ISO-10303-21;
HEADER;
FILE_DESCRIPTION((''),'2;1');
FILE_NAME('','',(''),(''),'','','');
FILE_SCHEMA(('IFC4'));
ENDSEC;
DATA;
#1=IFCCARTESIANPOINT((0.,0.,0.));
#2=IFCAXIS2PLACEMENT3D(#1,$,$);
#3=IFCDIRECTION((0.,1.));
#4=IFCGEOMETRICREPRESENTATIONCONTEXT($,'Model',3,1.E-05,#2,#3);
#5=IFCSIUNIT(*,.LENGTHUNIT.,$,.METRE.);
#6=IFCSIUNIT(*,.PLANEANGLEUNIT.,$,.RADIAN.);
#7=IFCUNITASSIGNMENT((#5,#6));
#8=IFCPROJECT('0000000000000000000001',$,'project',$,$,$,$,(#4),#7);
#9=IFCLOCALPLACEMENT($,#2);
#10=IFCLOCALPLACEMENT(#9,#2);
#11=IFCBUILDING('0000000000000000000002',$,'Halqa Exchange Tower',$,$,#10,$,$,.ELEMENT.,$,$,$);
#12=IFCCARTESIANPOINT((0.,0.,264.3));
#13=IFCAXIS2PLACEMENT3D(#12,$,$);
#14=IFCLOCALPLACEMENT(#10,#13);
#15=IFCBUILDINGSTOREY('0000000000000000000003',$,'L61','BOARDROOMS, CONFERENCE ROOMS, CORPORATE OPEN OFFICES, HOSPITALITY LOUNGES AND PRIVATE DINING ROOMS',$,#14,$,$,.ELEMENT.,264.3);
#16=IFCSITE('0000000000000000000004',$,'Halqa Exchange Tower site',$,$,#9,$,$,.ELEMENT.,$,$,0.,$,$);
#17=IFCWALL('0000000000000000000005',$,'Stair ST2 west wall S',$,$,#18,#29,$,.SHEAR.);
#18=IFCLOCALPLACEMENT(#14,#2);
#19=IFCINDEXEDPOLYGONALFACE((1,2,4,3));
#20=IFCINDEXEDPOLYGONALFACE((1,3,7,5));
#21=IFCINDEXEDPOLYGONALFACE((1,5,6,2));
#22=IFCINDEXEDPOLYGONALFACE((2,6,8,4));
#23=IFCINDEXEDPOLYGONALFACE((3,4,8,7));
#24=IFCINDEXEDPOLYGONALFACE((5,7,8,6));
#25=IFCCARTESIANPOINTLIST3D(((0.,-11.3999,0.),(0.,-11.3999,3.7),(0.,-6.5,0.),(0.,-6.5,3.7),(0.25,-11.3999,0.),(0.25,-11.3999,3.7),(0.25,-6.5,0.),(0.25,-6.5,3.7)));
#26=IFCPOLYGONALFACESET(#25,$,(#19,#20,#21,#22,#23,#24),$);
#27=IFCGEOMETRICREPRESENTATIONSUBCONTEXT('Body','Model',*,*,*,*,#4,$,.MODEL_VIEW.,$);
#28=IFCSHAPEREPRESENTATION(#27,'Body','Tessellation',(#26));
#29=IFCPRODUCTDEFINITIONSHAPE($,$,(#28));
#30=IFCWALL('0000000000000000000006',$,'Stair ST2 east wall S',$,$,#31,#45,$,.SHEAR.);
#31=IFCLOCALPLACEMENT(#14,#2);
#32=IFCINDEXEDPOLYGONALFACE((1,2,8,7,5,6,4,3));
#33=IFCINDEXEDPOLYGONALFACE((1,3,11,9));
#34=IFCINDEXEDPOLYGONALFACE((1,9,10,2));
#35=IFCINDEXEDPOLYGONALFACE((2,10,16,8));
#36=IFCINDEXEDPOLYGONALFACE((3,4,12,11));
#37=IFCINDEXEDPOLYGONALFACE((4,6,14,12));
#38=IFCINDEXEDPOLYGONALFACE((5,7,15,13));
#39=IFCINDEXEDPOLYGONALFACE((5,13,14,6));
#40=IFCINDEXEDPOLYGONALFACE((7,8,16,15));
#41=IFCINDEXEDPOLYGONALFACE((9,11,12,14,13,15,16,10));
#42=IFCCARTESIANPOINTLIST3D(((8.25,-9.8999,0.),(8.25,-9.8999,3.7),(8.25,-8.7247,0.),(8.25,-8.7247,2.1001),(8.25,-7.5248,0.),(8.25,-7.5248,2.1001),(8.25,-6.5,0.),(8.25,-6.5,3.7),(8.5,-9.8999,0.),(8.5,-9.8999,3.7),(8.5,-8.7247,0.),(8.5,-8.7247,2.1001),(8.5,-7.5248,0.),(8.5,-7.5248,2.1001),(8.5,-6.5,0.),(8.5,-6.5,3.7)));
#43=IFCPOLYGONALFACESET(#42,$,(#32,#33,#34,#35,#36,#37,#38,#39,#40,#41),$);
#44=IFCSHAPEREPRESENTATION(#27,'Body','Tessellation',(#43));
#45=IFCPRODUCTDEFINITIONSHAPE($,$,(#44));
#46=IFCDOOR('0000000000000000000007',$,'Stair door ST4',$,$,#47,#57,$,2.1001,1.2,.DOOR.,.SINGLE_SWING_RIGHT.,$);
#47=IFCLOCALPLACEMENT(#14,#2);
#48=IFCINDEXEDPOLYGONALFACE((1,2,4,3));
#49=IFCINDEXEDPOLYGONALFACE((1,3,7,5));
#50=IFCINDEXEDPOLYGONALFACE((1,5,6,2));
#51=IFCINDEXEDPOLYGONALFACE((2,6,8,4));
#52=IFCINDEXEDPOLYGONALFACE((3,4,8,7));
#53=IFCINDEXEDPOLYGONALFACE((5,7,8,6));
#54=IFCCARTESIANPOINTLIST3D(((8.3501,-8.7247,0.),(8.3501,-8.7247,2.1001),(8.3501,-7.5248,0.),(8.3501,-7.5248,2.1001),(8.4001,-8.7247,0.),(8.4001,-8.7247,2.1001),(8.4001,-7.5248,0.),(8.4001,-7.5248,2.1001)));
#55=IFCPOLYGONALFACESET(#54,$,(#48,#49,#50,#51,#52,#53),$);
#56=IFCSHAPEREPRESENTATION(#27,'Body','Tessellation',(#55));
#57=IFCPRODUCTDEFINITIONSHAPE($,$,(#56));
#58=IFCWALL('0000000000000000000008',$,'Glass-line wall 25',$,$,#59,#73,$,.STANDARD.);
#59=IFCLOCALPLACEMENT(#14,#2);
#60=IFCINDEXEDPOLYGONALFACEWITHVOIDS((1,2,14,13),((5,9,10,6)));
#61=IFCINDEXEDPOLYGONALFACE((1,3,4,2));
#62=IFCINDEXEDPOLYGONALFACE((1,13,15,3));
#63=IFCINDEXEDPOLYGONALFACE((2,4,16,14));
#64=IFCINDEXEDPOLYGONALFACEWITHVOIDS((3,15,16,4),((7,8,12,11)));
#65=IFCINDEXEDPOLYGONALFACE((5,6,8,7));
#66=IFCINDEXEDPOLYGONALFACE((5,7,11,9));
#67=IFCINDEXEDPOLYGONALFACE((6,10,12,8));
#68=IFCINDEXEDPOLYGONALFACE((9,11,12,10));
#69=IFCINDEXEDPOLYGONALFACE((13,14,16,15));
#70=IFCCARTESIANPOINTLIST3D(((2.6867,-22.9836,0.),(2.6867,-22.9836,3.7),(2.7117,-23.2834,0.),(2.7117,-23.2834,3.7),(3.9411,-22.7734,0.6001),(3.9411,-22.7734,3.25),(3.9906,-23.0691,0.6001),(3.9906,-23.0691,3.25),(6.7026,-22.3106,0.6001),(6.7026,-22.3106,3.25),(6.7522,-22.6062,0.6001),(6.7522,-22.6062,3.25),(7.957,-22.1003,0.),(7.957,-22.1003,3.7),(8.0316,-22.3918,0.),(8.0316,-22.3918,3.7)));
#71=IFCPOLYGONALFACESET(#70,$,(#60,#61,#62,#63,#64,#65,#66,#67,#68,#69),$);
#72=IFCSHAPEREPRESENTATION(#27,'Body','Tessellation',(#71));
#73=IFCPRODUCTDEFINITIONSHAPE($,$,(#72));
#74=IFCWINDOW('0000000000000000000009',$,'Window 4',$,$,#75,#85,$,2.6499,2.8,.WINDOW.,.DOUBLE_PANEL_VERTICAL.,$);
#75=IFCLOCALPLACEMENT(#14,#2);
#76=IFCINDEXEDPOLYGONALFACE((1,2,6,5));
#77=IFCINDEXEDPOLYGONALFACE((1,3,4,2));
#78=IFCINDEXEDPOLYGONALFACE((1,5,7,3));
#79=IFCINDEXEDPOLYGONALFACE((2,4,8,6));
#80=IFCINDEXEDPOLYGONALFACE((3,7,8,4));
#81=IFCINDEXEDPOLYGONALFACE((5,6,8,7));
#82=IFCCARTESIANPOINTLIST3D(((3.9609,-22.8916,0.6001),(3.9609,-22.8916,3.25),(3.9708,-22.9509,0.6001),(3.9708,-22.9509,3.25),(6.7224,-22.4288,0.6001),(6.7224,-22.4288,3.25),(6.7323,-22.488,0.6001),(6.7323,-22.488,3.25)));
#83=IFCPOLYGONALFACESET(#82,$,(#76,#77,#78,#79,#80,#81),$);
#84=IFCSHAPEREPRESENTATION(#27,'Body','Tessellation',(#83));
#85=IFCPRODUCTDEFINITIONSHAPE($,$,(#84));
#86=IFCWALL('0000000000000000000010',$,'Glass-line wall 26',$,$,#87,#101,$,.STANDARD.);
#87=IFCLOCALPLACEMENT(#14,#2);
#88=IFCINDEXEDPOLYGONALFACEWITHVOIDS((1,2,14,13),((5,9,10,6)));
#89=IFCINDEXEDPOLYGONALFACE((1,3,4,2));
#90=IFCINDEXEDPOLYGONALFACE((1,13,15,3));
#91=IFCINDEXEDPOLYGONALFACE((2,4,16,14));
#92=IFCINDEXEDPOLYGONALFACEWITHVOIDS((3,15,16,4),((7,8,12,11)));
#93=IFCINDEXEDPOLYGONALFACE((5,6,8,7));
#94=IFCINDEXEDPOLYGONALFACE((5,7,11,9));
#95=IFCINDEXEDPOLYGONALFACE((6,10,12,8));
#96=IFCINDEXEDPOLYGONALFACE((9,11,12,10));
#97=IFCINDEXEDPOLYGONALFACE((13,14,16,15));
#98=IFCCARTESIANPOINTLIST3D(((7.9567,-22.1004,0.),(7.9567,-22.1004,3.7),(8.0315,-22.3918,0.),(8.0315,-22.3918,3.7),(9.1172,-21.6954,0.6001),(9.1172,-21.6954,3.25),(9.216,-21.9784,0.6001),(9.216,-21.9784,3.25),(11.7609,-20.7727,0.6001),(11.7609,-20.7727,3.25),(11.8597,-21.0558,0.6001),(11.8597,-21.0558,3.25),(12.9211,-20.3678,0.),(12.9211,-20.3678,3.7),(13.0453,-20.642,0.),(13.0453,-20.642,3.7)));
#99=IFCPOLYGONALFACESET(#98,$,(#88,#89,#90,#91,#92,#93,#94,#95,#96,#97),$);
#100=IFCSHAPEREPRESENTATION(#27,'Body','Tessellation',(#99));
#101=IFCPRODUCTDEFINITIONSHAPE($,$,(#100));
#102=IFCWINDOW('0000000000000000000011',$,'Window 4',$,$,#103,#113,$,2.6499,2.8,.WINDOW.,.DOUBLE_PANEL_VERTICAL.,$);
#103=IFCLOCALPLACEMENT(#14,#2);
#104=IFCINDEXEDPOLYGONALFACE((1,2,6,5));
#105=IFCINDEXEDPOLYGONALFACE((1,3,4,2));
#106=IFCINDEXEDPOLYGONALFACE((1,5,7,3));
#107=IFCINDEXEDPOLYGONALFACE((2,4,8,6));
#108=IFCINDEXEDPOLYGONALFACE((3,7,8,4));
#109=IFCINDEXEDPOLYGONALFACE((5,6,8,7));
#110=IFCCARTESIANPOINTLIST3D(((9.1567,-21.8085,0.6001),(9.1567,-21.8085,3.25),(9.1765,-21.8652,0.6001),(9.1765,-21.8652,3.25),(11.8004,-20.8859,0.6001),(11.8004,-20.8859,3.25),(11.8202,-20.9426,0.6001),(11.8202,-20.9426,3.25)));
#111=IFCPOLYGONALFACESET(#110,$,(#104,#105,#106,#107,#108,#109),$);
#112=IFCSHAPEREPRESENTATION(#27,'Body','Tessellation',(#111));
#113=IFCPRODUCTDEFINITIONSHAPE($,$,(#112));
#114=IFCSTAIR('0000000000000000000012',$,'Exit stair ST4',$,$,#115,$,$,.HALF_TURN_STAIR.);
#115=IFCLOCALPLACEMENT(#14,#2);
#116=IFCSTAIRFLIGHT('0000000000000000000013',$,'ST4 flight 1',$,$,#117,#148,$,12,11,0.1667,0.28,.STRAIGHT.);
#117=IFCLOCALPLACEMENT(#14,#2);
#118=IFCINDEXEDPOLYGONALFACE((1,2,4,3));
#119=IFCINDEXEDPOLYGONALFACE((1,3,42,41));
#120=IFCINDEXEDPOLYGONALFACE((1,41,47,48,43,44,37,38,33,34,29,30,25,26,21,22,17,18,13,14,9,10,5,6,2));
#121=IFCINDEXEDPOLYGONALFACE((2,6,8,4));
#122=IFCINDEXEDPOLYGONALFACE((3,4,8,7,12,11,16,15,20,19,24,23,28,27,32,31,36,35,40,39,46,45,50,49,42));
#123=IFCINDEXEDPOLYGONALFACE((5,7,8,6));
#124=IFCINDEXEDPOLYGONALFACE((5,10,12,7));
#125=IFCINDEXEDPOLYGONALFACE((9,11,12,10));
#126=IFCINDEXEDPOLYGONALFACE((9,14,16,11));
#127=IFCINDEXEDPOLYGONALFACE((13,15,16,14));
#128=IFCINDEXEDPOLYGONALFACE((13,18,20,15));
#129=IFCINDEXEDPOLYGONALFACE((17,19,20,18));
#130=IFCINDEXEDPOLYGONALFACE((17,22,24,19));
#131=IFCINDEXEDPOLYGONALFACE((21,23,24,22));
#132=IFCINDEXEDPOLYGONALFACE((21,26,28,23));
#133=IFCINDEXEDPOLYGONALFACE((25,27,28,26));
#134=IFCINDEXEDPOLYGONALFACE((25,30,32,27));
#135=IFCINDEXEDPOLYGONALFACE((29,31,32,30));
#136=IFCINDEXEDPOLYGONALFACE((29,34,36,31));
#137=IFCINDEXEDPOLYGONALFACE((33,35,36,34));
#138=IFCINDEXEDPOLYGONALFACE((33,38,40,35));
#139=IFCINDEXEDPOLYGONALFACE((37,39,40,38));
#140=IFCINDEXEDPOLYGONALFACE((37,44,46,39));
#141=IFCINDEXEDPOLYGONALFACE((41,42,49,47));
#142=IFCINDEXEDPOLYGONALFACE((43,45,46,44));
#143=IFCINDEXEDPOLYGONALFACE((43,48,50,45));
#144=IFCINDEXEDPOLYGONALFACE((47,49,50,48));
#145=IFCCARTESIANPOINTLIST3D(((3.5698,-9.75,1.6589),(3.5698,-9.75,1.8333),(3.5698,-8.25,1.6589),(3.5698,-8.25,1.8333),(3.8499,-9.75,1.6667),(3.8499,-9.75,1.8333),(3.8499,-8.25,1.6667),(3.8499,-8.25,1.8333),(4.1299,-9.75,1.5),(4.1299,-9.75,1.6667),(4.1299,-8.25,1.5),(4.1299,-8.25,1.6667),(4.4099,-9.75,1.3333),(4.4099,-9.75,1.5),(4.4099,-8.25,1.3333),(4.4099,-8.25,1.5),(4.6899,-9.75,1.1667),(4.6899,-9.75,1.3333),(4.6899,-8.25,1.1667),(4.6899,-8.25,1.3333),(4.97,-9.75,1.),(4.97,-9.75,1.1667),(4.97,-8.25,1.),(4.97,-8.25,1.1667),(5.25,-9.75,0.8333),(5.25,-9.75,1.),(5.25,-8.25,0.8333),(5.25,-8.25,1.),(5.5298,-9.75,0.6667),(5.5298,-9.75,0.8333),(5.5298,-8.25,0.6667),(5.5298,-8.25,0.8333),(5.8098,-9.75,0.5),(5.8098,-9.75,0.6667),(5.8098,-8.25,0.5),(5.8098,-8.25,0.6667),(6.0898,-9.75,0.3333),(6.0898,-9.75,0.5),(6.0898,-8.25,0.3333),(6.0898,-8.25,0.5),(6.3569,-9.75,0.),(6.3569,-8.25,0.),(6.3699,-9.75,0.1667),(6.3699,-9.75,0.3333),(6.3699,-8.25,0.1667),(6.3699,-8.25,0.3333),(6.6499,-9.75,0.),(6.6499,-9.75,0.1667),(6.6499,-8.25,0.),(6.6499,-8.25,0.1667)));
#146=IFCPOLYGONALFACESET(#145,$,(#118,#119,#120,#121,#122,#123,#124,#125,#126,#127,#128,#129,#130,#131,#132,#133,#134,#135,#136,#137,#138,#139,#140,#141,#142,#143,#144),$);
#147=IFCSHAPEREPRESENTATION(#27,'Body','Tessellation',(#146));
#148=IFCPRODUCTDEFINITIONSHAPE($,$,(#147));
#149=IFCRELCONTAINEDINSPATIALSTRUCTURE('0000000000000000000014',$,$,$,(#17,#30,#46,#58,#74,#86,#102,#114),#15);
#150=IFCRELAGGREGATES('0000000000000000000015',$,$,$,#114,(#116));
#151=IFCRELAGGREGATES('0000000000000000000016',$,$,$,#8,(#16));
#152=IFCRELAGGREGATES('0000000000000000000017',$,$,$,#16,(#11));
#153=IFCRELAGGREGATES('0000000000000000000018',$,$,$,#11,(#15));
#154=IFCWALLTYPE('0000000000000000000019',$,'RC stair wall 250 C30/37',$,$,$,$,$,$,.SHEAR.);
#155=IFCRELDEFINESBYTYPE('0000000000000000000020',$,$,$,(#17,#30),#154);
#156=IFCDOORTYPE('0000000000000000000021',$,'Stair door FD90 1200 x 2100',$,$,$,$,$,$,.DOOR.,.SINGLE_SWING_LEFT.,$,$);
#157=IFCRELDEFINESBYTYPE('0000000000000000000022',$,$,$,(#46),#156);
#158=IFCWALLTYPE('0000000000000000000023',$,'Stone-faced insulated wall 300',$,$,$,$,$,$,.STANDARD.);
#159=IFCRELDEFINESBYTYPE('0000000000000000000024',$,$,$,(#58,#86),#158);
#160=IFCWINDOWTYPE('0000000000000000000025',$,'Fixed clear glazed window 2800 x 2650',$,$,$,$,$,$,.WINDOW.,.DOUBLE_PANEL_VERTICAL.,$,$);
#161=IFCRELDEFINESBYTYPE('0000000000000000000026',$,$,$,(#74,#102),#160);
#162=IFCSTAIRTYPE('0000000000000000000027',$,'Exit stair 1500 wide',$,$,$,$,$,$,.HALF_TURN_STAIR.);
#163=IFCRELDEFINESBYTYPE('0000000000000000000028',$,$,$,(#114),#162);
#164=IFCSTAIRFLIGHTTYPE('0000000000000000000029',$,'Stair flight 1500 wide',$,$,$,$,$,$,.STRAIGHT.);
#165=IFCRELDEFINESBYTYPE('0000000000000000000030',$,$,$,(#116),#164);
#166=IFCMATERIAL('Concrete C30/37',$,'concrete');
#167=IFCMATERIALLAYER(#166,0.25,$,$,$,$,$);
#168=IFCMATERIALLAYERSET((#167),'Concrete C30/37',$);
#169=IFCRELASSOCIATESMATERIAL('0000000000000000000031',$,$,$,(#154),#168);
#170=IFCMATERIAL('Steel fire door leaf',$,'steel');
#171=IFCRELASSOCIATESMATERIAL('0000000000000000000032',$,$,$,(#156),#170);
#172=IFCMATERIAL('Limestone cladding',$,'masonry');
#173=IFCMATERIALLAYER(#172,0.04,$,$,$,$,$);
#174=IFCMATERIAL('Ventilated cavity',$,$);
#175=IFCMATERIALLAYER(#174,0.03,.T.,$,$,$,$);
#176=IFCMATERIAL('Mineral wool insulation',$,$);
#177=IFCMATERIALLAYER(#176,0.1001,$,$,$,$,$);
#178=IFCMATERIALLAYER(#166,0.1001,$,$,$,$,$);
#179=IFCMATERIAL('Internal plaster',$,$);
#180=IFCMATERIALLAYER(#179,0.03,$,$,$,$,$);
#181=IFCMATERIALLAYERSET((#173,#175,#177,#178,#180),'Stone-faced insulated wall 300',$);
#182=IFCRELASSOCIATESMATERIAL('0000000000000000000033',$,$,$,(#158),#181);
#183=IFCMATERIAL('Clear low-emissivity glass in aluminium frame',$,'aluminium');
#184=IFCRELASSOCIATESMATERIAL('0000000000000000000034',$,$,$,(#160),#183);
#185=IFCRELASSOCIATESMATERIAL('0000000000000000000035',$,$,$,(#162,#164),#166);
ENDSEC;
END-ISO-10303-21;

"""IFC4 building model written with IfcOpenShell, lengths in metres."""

from ifc_helpers import new_model, si_unit, direction, frame, frame_2d, origin, place, context, subcontext, project, spatial, polyline, rectangle, outline, extrude, material, layer, layer_set, type_object, element, fill, aggregate, save


model = new_model("IFC4")

# Units and contexts
model_context = context("Model", 3, precision=1e-05, world=origin(), true_north=direction((0.0, 1.0)))
body_context = subcontext(model_context, "Body", "Model", "MODEL_VIEW")
ifc_project = project(units=[si_unit("LENGTHUNIT", "METRE"), si_unit("PLANEANGLEUNIT", "RADIAN")], contexts=[model_context])

# Site, building, storey
site_placement = place(None, origin())
site = spatial("IfcSite", under=ifc_project, at=site_placement, Name="Halqa Exchange Tower site", CompositionType="ELEMENT", RefElevation=0.0)
building_placement = place(site_placement, origin())
building = spatial("IfcBuilding", under=site, at=building_placement, Name="Halqa Exchange Tower", CompositionType="ELEMENT")
storey_placement = place(building_placement, frame((0.0, 0.0, 264.3)))
storey = spatial("IfcBuildingStorey", under=building, at=storey_placement, Name="L61", Description="BOARDROOMS, CONFERENCE ROOMS, CORPORATE OPEN OFFICES, HOSPITALITY LOUNGES AND PRIVATE DINING ROOMS", CompositionType="ELEMENT", Elevation=264.3)

# Wall
ifc_material_1 = material(Name="Concrete C30/37", Category="concrete")
ifc_layer_1 = layer(ifc_material_1, 0.25)
ifc_layer_set_1 = layer_set([ifc_layer_1], Name="Concrete C30/37")
wall_type_1 = type_object("IfcWallType", Name="RC stair wall 250 C30/37", PredefinedType="SHEAR", material=ifc_layer_set_1)
wall_1_placement = place(storey_placement, frame((0.125, -11.3999, 0.0), z_axis=(0.0, 0.0, 1.0), x_axis=(0.0, 1.0, 0.0)))
element("IfcWall", 1, at=wall_1_placement, inside=storey, type_object=wall_type_1, Name="Stair ST2 west wall S", PredefinedType="SHEAR", context=body_context, shape_type="SweptSolid", body=[
    extrude(rectangle(XDim=4.8999, YDim=0.25, at=frame_2d((2.45, 0.0))), origin(), (0.0, 0.0, 1.0), 3.7),
])

# Wall, opening, door
wall_2_placement = place(storey_placement, frame((8.375, -9.8999, 0.0), z_axis=(0.0, 0.0, 1.0), x_axis=(0.0, 1.0, 0.0)))
wall_2 = element("IfcWall", 2, at=wall_2_placement, inside=storey, type_object=wall_type_1, Name="Stair ST2 east wall S", PredefinedType="SHEAR", context=body_context, shape_type="SweptSolid", body=[
    extrude(rectangle(XDim=3.3999, YDim=0.25, at=frame_2d((1.7, 0.0))), origin(), (0.0, 0.0, 1.0), 3.7),
])
opening_1_placement = place(wall_2_placement, frame((1.175, 0.0, 0.0)))
opening_1 = element("IfcOpeningElement", 3, at=opening_1_placement, cuts=wall_2, PredefinedType="OPENING", context=body_context, shape_type="SweptSolid", body=[
    extrude(rectangle(XDim=1.2, YDim=2.1001, at=frame_2d((0.6001, 1.05))), frame((0.0, 0.137, 0.0), z_axis=(0.0, -1.0, 0.0), x_axis=(1.0, 0.0, 0.0)), (0.0, 0.0, 1.0), 0.2739),
])
ifc_material_2 = material(Name="Steel fire door leaf", Category="steel")
door_type = type_object("IfcDoorType", Name="Stair door FD90 1200 x 2100", OperationType="SINGLE_SWING_LEFT", PredefinedType="DOOR", material=ifc_material_2)
door_placement = place(opening_1_placement, origin())
door = element("IfcDoor", 4, at=door_placement, inside=storey, type_object=door_type, Name="Stair door ST4", OperationType="SINGLE_SWING_RIGHT", OverallHeight=2.1001, OverallWidth=1.2, PredefinedType="DOOR", context=body_context, shape_type="SweptSolid", body=[
    extrude(rectangle(XDim=1.2, YDim=2.1001, at=frame_2d((0.6001, 1.05))), frame((0.0, 0.0249, 0.0), z_axis=(0.0, -1.0, 0.0), x_axis=(1.0, 0.0, 0.0)), (0.0, 0.0, 1.0), 0.05),
])
fill(opening_1, door)

# Walls, openings, windows
ifc_material_3 = material(Name="Limestone cladding", Category="masonry")
ifc_layer_2 = layer(ifc_material_3, 0.04)
ifc_material_4 = material(Name="Ventilated cavity")
ifc_layer_3 = layer(ifc_material_4, 0.03, ventilated=True)
ifc_material_5 = material(Name="Mineral wool insulation")
ifc_layer_4 = layer(ifc_material_5, 0.1001)
ifc_layer_5 = layer(ifc_material_1, 0.1001)
ifc_material_6 = material(Name="Internal plaster")
ifc_layer_6 = layer(ifc_material_6, 0.03)
ifc_layer_set_2 = layer_set([ifc_layer_2, ifc_layer_3, ifc_layer_4, ifc_layer_5, ifc_layer_6], Name="Stone-faced insulated wall 300")
wall_type_2 = type_object("IfcWallType", Name="Stone-faced insulated wall 300", PredefinedType="STANDARD", material=ifc_layer_set_2)
wall_3_placement = place(storey_placement, frame((2.6992, -23.1335, 0.0), z_axis=(0.0, 0.0, 1.0), x_axis=(0.986244, 0.165299, 0.0)))
wall_3 = element("IfcWall", 5, at=wall_3_placement, inside=storey, type_object=wall_type_2, Name="Glass-line wall 25", PredefinedType="STANDARD", context=body_context, shape_type="SweptSolid", body=[
    extrude(outline(polyline([(-0.0125, -0.1499), (5.3816, -0.1499), (5.3562, 0.1499), (0.0125, 0.1499), (-0.0125, -0.1499)])), origin(), (0.0, 0.0, 1.0), 3.7),
])
opening_2_placement = place(wall_3_placement, frame((1.2844, 0.0, 0.6001)))
opening_2 = element("IfcOpeningElement", 6, at=opening_2_placement, cuts=wall_3, PredefinedType="OPENING", context=body_context, shape_type="SweptSolid", body=[
    extrude(rectangle(XDim=2.8, YDim=2.6499, at=frame_2d((1.3999, 1.325))), frame((0.0, 0.1621, 0.0), z_axis=(0.0, -1.0, 0.0), x_axis=(1.0, 0.0, 0.0)), (0.0, 0.0, 1.0), 0.324),
])
ifc_material_7 = material(Name="Clear low-emissivity glass in aluminium frame", Category="aluminium")
window_type = type_object("IfcWindowType", Name="Fixed clear glazed window 2800 x 2650", PartitioningType="DOUBLE_PANEL_VERTICAL", PredefinedType="WINDOW", material=ifc_material_7)
window_1_placement = place(opening_2_placement, origin())
window_1 = element("IfcWindow", 7, at=window_1_placement, inside=storey, type_object=window_type, Name="Window 4", OverallHeight=2.6499, OverallWidth=2.8, PartitioningType="DOUBLE_PANEL_VERTICAL", PredefinedType="WINDOW", context=body_context, shape_type="SweptSolid", body=[
    extrude(rectangle(XDim=2.8, YDim=2.6499, at=frame_2d((1.3999, 1.325))), frame((0.0, 0.03, 0.0), z_axis=(0.0, -1.0, 0.0), x_axis=(1.0, 0.0, 0.0)), (0.0, 0.0, 1.0), 0.0601),
])
fill(opening_2, window_1)
wall_4_placement = place(storey_placement, frame((7.9941, -22.2461, 0.0), z_axis=(0.0, 0.0, 1.0), x_axis=(0.94415, 0.329517, 0.0)))
wall_4 = element("IfcWall", 8, at=wall_4_placement, inside=storey, type_object=wall_type_2, Name="Glass-line wall 26", PredefinedType="STANDARD", context=body_context, shape_type="SweptSolid", body=[
    extrude(outline(polyline([(-0.0127, -0.1499), (5.2976, -0.1499), (5.2708, 0.1499), (0.0127, 0.1499), (-0.0127, -0.1499)])), origin(), (0.0, 0.0, 1.0), 3.7),
])
opening_3_placement = place(wall_4_placement, frame((1.2419, 0.0, 0.6001)))
opening_3 = element("IfcOpeningElement", 9, at=opening_3_placement, cuts=wall_4, PredefinedType="OPENING", context=body_context, shape_type="SweptSolid", body=[
    extrude(rectangle(XDim=2.8, YDim=2.6499, at=frame_2d((1.3999, 1.325))), frame((0.0, 0.1621, 0.0), z_axis=(0.0, -1.0, 0.0), x_axis=(1.0, 0.0, 0.0)), (0.0, 0.0, 1.0), 0.324),
])
window_2_placement = place(opening_3_placement, origin())
window_2 = element("IfcWindow", 10, at=window_2_placement, inside=storey, type_object=window_type, Name="Window 4", OverallHeight=2.6499, OverallWidth=2.8, PartitioningType="DOUBLE_PANEL_VERTICAL", PredefinedType="WINDOW", context=body_context, shape_type="SweptSolid", body=[
    extrude(rectangle(XDim=2.8, YDim=2.6499, at=frame_2d((1.3999, 1.325))), frame((0.0, 0.03, 0.0), z_axis=(0.0, -1.0, 0.0), x_axis=(1.0, 0.0, 0.0)), (0.0, 0.0, 1.0), 0.0601),
])
fill(opening_3, window_2)

# Stair, stair flight
stair_type = type_object("IfcStairType", Name="Exit stair 1500 wide", PredefinedType="HALF_TURN_STAIR", material=ifc_material_1)
stair_placement = place(storey_placement, origin())
stair = element("IfcStair", 11, at=stair_placement, inside=storey, type_object=stair_type, Name="Exit stair ST4", PredefinedType="HALF_TURN_STAIR")
stair_flight_type = type_object("IfcStairFlightType", Name="Stair flight 1500 wide", PredefinedType="STRAIGHT", material=ifc_material_1)
stair_flight_1_placement = place(storey_placement, frame((6.6499, -9.0, 0.0), z_axis=(0.0, 0.0, 1.0), x_axis=(-1.0, 0.0, 0.0)))
stair_flight_1 = element("IfcStairFlight", 12, at=stair_flight_1_placement, type_object=stair_flight_type, Name="ST4 flight 1", NumberOfRisers=12, NumberOfTreads=11, PredefinedType="STRAIGHT", RiserHeight=0.1667, TreadLength=0.28, context=body_context, shape_type="SweptSolid", body=[
    extrude(outline(polyline([(0.0, 0.0), (0.0, 0.1667), (0.28, 0.1667), (0.28, 0.3333), (0.5601, 0.3333), (0.5601, 0.5), (0.8401, 0.5), (0.8401, 0.6667), (1.1201, 0.6667), (1.1201, 0.8333), (1.3999, 0.8333), (1.3999, 1.0), (1.6799, 1.0), (1.6799, 1.1667), (1.96, 1.1667), (1.96, 1.3333), (2.24, 1.3333), (2.24, 1.5), (2.52, 1.5), (2.52, 1.6667), (2.8, 1.6667), (2.8, 1.8333), (3.0801, 1.8333), (3.0801, 2.0), (3.0801, 1.6589), (0.293, 0.0), (0.0, 0.0)])), frame((0.0, 0.75, 0.0), z_axis=(0.0, -1.0, 0.0), x_axis=(1.0, 0.0, 0.0)), (0.0, 0.0, 1.0), 1.5),
])
aggregate(stair, [stair_flight_1])

save(model, "model.ifc")
